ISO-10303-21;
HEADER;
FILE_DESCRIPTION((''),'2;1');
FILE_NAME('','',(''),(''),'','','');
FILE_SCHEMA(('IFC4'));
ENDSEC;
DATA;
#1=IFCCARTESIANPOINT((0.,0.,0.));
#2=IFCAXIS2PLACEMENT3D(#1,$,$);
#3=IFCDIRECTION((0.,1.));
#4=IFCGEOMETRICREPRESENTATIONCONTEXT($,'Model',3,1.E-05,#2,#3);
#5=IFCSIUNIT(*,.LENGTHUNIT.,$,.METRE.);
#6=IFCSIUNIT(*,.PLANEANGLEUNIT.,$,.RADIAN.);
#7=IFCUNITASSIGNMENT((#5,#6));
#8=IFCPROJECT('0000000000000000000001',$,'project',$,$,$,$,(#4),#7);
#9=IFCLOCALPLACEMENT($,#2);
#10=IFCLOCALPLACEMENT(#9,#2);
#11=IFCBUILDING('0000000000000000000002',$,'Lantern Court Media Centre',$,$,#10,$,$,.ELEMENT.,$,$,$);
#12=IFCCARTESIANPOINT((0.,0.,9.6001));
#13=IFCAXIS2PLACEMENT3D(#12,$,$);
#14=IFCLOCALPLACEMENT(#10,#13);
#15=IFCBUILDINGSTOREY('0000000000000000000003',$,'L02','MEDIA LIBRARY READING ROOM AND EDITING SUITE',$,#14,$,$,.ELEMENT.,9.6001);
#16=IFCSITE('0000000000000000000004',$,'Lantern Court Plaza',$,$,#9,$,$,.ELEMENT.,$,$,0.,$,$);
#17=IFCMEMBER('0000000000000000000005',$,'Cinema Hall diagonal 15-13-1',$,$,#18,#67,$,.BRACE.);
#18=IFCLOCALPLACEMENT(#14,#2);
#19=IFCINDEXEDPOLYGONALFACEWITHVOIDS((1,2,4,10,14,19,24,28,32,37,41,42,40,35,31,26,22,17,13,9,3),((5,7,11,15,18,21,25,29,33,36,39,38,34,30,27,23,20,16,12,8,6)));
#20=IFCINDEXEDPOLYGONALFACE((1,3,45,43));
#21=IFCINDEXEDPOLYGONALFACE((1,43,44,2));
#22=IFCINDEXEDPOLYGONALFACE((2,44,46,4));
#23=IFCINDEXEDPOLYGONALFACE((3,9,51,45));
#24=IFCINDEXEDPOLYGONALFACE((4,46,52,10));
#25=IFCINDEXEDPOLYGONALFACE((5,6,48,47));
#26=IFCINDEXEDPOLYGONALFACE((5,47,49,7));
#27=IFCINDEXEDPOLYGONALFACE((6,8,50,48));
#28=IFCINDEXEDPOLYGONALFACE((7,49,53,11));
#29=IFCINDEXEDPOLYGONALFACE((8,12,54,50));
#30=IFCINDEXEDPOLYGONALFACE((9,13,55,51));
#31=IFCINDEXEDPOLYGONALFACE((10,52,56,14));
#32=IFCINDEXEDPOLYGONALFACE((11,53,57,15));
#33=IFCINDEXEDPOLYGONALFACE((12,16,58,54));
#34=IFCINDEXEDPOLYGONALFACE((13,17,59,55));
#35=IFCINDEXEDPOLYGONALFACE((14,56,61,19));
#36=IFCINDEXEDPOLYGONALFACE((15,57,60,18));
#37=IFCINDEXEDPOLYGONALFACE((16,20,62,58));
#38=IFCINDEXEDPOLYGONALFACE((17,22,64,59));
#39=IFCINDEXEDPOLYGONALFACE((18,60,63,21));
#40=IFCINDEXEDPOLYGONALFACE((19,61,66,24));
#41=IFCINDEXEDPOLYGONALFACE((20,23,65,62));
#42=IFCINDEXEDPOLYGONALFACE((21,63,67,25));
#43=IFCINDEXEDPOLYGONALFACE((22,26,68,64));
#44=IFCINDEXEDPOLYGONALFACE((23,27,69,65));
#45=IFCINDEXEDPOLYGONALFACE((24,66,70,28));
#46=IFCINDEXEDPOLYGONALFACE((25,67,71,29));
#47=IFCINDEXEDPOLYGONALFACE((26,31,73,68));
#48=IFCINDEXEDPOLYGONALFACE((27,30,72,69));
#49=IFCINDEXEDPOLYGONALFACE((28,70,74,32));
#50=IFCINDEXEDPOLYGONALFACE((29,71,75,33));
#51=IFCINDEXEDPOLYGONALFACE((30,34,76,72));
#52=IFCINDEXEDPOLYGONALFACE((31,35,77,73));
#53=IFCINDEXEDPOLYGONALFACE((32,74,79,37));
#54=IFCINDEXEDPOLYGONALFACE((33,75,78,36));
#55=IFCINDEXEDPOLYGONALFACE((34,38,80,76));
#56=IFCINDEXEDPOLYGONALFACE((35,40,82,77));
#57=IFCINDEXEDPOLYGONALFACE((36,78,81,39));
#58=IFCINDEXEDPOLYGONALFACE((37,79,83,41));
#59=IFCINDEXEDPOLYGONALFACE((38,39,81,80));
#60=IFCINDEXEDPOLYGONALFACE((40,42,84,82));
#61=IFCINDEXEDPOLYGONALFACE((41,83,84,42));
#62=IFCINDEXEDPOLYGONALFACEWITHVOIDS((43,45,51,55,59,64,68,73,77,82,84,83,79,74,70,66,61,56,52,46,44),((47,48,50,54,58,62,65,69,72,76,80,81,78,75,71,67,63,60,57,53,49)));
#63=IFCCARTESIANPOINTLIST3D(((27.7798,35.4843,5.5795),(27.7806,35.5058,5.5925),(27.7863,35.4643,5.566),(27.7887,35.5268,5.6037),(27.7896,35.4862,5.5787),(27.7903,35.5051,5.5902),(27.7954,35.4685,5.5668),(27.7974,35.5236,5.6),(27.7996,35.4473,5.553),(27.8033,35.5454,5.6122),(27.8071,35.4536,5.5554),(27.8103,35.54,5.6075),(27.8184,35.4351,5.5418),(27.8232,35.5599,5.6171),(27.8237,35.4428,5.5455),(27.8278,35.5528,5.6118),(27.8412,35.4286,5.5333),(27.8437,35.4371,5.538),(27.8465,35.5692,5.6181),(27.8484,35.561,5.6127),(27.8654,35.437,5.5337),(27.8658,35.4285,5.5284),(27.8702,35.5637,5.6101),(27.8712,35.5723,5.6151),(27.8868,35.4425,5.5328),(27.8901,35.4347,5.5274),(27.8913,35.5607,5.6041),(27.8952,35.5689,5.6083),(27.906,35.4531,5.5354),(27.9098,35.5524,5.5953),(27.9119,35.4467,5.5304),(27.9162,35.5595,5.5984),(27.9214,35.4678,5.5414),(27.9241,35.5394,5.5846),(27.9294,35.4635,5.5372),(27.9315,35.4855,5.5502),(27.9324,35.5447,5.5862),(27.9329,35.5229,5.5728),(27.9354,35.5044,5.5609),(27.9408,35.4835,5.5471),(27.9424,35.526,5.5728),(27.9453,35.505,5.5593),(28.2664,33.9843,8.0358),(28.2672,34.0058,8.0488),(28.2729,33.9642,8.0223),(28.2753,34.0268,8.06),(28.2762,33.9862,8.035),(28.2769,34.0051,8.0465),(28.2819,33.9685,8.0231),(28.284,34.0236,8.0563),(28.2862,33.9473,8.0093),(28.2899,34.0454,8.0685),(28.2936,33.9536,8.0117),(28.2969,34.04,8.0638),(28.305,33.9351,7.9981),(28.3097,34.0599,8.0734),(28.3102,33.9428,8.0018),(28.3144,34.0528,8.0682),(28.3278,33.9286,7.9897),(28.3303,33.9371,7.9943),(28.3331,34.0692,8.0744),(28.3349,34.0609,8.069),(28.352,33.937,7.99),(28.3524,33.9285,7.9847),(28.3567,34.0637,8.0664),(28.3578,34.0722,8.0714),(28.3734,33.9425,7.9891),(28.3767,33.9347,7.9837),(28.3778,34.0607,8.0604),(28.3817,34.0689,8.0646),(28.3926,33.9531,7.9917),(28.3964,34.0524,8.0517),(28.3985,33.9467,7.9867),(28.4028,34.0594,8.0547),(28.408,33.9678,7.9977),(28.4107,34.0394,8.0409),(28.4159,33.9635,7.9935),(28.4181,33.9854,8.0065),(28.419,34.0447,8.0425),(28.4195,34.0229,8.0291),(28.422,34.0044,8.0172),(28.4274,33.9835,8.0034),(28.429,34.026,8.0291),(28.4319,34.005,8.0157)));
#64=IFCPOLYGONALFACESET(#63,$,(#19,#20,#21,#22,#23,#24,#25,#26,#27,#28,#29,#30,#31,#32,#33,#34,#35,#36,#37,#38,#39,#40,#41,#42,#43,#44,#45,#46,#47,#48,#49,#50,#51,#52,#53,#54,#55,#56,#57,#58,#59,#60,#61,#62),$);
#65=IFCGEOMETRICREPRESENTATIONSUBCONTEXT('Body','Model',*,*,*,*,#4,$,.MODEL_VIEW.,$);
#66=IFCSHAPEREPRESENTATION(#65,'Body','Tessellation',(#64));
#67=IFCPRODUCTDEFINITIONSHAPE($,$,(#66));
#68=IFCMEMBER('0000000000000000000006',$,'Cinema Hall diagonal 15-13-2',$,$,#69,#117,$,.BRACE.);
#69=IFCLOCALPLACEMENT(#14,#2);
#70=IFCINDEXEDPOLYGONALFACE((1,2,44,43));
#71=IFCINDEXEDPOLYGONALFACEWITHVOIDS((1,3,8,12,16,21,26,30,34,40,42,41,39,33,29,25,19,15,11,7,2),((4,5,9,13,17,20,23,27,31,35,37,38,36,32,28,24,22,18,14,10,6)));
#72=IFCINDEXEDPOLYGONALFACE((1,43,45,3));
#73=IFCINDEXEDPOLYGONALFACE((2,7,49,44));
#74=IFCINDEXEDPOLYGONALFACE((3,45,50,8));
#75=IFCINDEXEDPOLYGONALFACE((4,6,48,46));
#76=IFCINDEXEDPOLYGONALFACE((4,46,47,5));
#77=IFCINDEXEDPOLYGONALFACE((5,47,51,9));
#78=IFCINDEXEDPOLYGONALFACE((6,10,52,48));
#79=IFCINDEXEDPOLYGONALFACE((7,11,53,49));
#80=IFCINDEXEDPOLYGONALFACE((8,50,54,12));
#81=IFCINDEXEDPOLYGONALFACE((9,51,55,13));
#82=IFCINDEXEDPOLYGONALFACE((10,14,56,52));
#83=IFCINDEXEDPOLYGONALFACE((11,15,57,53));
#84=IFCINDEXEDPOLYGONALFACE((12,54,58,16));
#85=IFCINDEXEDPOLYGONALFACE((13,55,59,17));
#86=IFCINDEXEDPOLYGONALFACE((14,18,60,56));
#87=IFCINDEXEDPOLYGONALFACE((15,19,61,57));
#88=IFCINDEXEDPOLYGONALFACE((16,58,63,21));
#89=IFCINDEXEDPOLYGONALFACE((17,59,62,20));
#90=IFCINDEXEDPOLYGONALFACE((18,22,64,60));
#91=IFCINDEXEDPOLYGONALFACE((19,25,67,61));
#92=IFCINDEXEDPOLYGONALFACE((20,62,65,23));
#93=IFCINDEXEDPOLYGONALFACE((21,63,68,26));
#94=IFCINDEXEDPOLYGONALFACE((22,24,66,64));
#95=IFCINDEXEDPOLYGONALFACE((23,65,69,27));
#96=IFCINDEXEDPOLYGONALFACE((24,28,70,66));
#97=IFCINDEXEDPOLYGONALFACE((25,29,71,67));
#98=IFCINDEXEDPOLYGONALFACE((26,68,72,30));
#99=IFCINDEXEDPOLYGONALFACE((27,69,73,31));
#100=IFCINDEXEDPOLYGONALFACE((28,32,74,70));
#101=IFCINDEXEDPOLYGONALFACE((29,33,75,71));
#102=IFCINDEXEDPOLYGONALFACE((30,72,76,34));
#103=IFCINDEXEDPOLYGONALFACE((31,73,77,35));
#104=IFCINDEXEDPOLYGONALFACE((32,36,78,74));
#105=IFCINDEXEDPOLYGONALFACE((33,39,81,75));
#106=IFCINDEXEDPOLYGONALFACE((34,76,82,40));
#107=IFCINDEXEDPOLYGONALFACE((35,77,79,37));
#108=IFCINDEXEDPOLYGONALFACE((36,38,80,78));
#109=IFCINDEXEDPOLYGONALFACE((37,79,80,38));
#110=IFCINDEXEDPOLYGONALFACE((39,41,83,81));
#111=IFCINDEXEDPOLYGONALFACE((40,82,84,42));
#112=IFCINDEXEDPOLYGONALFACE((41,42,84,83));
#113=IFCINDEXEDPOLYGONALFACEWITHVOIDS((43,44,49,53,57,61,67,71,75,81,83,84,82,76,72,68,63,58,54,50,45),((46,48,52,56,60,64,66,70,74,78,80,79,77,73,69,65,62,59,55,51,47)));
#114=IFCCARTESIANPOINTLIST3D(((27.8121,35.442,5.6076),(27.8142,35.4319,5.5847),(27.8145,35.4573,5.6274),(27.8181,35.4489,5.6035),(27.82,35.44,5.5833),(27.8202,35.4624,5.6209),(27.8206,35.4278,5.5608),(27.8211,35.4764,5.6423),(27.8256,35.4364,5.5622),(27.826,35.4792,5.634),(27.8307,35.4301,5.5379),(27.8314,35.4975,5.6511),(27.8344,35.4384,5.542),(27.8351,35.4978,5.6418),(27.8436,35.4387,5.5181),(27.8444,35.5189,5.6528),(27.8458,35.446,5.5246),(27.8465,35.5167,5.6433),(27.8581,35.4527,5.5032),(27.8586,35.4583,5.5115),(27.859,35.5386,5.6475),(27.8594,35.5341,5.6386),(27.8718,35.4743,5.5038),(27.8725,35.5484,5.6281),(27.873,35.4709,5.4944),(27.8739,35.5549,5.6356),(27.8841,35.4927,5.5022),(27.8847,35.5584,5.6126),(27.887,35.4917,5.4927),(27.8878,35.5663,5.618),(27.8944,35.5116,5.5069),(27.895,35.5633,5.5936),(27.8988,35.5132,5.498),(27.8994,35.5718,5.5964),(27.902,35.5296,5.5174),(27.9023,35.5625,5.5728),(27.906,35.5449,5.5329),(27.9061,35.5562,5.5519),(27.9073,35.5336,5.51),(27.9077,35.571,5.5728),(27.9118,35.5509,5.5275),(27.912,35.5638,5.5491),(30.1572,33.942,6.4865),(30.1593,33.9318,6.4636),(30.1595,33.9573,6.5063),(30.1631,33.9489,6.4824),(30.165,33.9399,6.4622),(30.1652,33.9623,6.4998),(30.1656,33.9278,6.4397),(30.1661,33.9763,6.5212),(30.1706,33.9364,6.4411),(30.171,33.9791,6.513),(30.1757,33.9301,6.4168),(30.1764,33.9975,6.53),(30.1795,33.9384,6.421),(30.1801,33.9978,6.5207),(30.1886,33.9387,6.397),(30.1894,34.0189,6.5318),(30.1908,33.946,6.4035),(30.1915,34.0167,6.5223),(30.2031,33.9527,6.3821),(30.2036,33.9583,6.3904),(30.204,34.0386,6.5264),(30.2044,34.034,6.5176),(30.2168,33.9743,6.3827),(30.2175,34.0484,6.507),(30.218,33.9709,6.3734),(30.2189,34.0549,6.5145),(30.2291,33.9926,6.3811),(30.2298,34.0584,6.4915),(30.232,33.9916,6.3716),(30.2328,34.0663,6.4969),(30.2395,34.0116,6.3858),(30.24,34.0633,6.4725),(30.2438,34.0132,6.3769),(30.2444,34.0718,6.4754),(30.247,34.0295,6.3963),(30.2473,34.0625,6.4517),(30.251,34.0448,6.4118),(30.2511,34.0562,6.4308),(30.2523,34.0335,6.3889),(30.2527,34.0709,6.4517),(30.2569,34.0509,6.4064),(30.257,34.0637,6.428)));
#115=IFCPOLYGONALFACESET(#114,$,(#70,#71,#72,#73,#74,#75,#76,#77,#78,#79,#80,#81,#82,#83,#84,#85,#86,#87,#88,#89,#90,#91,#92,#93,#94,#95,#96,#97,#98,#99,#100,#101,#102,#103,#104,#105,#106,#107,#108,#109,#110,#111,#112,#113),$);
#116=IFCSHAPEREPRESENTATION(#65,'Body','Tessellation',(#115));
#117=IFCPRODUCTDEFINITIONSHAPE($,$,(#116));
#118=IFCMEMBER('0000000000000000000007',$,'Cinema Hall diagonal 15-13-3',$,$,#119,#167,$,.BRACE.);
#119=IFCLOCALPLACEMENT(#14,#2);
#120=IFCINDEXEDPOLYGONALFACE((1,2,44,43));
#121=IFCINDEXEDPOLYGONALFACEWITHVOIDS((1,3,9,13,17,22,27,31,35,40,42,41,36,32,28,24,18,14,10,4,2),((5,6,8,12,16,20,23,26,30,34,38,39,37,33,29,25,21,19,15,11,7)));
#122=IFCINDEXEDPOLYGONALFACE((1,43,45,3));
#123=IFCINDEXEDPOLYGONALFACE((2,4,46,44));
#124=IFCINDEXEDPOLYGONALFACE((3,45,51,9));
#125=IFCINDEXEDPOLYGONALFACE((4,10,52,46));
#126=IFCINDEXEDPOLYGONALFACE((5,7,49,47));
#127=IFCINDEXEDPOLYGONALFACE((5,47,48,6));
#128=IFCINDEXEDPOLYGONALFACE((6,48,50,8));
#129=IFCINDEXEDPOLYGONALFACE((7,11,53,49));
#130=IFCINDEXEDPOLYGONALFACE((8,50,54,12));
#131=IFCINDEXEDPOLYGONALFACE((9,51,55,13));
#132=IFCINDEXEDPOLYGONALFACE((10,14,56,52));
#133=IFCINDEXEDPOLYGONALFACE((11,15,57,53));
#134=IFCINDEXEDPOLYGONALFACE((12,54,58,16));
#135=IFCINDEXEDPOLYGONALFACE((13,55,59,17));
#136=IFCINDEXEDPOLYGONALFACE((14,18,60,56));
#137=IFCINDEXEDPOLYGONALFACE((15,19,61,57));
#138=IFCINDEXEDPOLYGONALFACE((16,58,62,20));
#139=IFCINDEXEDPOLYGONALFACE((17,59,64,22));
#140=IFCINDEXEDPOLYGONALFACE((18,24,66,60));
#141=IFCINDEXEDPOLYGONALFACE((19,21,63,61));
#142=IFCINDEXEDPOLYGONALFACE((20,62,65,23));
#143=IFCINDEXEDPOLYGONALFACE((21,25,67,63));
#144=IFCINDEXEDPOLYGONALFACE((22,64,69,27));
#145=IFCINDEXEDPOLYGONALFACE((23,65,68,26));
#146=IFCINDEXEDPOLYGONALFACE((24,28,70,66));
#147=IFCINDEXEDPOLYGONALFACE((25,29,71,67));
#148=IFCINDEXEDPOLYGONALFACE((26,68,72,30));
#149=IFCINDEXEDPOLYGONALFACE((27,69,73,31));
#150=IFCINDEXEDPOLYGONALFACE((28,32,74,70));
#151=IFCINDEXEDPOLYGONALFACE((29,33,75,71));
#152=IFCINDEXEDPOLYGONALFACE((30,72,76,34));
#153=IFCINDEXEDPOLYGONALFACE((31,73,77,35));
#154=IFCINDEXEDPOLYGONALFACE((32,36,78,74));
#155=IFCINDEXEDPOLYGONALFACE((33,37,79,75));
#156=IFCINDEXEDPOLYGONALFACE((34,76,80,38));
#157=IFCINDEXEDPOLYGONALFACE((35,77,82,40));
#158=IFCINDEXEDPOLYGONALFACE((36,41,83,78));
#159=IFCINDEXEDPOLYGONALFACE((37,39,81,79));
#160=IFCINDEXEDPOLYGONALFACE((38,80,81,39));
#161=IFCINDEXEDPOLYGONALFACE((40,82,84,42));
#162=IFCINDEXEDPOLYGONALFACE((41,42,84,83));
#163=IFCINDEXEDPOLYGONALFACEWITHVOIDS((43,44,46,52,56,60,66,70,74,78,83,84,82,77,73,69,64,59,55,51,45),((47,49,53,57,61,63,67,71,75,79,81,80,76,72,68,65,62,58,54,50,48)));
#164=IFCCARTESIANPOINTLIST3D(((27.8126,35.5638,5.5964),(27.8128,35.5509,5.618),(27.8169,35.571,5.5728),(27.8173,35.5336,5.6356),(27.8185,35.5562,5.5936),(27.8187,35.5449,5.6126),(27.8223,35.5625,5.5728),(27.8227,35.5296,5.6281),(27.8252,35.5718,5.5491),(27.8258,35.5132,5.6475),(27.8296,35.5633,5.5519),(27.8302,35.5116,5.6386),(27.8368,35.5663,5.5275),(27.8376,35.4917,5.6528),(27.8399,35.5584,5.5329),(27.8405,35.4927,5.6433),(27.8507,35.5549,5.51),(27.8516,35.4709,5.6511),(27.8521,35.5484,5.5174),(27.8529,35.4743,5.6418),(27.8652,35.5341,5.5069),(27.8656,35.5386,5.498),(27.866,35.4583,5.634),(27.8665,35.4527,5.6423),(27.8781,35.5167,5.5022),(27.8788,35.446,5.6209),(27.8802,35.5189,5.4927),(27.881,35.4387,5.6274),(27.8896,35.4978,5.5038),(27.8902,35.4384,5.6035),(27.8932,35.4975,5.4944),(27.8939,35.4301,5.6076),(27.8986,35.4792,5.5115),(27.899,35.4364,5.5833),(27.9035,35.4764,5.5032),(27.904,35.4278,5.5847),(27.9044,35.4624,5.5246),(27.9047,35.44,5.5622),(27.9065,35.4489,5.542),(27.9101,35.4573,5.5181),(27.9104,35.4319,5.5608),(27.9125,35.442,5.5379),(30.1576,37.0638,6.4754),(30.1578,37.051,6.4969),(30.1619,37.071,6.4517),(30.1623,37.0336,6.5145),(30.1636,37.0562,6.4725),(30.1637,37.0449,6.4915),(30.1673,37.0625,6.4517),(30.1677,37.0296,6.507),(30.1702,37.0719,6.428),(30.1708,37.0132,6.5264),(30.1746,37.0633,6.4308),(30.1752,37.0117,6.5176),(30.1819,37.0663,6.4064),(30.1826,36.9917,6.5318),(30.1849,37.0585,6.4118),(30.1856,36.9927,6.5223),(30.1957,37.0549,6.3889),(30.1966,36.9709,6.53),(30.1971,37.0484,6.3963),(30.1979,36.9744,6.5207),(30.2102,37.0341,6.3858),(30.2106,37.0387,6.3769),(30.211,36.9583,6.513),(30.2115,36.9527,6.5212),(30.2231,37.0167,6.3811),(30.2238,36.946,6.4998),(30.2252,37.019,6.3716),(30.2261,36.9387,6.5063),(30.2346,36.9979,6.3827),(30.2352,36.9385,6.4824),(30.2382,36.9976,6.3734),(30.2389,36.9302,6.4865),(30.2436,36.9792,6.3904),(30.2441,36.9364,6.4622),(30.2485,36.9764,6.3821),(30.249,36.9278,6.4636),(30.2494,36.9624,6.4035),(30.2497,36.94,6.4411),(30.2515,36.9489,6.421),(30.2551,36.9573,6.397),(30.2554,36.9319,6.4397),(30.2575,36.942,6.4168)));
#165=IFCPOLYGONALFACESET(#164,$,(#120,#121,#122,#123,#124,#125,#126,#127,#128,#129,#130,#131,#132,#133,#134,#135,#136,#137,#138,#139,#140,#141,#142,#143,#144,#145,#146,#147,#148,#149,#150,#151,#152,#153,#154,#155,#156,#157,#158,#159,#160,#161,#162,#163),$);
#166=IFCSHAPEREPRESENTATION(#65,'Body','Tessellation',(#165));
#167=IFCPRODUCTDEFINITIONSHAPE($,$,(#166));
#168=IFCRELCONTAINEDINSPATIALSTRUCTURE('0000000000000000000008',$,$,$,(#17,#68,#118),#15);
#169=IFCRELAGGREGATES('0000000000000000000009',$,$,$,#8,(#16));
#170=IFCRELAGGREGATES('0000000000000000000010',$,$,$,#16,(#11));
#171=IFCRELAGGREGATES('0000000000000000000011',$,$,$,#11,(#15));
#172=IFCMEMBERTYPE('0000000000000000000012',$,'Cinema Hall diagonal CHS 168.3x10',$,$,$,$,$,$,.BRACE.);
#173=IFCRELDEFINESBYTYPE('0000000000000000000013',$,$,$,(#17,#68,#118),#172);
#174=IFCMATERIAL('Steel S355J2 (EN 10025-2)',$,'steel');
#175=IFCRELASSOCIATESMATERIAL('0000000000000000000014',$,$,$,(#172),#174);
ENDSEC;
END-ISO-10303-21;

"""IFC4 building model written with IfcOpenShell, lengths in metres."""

from ifc_helpers import new_model, si_unit, direction, frame, origin, origin_2d, place, context, subcontext, project, spatial, hollow_circle, extrude, material, material_profile, profile_set, type_object, element, save


model = new_model("IFC4")

# Units and contexts
model_context = context("Model", 3, precision=1e-05, world=origin(), true_north=direction((0.0, 1.0)))
body_context = subcontext(model_context, "Body", "Model", "MODEL_VIEW")
ifc_project = project(units=[si_unit("LENGTHUNIT", "METRE"), si_unit("PLANEANGLEUNIT", "RADIAN")], contexts=[model_context])

# Site, building, storey
site_placement = place(None, origin())
site = spatial("IfcSite", under=ifc_project, at=site_placement, Name="Lantern Court Plaza", CompositionType="ELEMENT", RefElevation=0.0)
building_placement = place(site_placement, origin())
building = spatial("IfcBuilding", under=site, at=building_placement, Name="Lantern Court Media Centre", CompositionType="ELEMENT")
storey_placement = place(building_placement, frame((0.0, 0.0, 9.6001)))
storey = spatial("IfcBuildingStorey", under=building, at=storey_placement, Name="L02", Description="MEDIA LIBRARY READING ROOM AND EDITING SUITE", CompositionType="ELEMENT", Elevation=9.6001)

# Members
ifc_material_1 = material(Name="Steel S355J2 (EN 10025-2)", Category="steel")
ifc_material_profile_1 = material_profile(ifc_material_1, hollow_circle(Radius=0.0842, WallThickness=0.01, at=origin_2d()), Name="Cinema Hall diagonal CHS 168.3x10")
ifc_profile_set_1 = profile_set([ifc_material_profile_1], Name="Steel S355J2 (EN 10025-2)")
member_type_1 = type_object("IfcMemberType", Name="Cinema Hall diagonal CHS 168.3x10", PredefinedType="BRACE", material=ifc_profile_set_1)
member_1_placement = place(storey_placement, frame((27.8623, 35.5, 5.5728), z_axis=(0.166695, -0.513887, 0.841506), x_axis=(0.951207, 0.308554, 0.0)))
element("IfcMember", 1, at=member_1_placement, inside=storey, type_object=member_type_1, Name="Cinema Hall diagonal 15-13-1", PredefinedType="BRACE", context=body_context, shape_type="SweptSolid", body=[
    extrude(hollow_circle(Radius=0.0842, WallThickness=0.01, at=origin_2d()), origin(), (0.0, 0.0, 1.0), 2.9189),
])
for number, where, z_axis, x_axis, name in (
    (2, (27.8623, 35.5, 5.5728), (0.803309, -0.51385, 0.301084), (0.538855, 0.842399, 0.0), "Cinema Hall diagonal 15-13-2"),
    (3, (27.8623, 35.5, 5.5728), (0.803309, 0.51385, 0.301084), (-0.538855, 0.842399, 0.0), "Cinema Hall diagonal 15-13-3"),
):
    element("IfcMember", number, at=place(storey_placement, frame(where, z_axis=z_axis, x_axis=x_axis)), inside=storey, type_object=member_type_1, Name=name, PredefinedType="BRACE", context=body_context, shape_type="SweptSolid", body=[
        extrude(hollow_circle(Radius=0.0842, WallThickness=0.01, at=origin_2d()), origin(), (0.0, 0.0, 1.0), 2.9192),
    ])

save(model, "model.ifc")
